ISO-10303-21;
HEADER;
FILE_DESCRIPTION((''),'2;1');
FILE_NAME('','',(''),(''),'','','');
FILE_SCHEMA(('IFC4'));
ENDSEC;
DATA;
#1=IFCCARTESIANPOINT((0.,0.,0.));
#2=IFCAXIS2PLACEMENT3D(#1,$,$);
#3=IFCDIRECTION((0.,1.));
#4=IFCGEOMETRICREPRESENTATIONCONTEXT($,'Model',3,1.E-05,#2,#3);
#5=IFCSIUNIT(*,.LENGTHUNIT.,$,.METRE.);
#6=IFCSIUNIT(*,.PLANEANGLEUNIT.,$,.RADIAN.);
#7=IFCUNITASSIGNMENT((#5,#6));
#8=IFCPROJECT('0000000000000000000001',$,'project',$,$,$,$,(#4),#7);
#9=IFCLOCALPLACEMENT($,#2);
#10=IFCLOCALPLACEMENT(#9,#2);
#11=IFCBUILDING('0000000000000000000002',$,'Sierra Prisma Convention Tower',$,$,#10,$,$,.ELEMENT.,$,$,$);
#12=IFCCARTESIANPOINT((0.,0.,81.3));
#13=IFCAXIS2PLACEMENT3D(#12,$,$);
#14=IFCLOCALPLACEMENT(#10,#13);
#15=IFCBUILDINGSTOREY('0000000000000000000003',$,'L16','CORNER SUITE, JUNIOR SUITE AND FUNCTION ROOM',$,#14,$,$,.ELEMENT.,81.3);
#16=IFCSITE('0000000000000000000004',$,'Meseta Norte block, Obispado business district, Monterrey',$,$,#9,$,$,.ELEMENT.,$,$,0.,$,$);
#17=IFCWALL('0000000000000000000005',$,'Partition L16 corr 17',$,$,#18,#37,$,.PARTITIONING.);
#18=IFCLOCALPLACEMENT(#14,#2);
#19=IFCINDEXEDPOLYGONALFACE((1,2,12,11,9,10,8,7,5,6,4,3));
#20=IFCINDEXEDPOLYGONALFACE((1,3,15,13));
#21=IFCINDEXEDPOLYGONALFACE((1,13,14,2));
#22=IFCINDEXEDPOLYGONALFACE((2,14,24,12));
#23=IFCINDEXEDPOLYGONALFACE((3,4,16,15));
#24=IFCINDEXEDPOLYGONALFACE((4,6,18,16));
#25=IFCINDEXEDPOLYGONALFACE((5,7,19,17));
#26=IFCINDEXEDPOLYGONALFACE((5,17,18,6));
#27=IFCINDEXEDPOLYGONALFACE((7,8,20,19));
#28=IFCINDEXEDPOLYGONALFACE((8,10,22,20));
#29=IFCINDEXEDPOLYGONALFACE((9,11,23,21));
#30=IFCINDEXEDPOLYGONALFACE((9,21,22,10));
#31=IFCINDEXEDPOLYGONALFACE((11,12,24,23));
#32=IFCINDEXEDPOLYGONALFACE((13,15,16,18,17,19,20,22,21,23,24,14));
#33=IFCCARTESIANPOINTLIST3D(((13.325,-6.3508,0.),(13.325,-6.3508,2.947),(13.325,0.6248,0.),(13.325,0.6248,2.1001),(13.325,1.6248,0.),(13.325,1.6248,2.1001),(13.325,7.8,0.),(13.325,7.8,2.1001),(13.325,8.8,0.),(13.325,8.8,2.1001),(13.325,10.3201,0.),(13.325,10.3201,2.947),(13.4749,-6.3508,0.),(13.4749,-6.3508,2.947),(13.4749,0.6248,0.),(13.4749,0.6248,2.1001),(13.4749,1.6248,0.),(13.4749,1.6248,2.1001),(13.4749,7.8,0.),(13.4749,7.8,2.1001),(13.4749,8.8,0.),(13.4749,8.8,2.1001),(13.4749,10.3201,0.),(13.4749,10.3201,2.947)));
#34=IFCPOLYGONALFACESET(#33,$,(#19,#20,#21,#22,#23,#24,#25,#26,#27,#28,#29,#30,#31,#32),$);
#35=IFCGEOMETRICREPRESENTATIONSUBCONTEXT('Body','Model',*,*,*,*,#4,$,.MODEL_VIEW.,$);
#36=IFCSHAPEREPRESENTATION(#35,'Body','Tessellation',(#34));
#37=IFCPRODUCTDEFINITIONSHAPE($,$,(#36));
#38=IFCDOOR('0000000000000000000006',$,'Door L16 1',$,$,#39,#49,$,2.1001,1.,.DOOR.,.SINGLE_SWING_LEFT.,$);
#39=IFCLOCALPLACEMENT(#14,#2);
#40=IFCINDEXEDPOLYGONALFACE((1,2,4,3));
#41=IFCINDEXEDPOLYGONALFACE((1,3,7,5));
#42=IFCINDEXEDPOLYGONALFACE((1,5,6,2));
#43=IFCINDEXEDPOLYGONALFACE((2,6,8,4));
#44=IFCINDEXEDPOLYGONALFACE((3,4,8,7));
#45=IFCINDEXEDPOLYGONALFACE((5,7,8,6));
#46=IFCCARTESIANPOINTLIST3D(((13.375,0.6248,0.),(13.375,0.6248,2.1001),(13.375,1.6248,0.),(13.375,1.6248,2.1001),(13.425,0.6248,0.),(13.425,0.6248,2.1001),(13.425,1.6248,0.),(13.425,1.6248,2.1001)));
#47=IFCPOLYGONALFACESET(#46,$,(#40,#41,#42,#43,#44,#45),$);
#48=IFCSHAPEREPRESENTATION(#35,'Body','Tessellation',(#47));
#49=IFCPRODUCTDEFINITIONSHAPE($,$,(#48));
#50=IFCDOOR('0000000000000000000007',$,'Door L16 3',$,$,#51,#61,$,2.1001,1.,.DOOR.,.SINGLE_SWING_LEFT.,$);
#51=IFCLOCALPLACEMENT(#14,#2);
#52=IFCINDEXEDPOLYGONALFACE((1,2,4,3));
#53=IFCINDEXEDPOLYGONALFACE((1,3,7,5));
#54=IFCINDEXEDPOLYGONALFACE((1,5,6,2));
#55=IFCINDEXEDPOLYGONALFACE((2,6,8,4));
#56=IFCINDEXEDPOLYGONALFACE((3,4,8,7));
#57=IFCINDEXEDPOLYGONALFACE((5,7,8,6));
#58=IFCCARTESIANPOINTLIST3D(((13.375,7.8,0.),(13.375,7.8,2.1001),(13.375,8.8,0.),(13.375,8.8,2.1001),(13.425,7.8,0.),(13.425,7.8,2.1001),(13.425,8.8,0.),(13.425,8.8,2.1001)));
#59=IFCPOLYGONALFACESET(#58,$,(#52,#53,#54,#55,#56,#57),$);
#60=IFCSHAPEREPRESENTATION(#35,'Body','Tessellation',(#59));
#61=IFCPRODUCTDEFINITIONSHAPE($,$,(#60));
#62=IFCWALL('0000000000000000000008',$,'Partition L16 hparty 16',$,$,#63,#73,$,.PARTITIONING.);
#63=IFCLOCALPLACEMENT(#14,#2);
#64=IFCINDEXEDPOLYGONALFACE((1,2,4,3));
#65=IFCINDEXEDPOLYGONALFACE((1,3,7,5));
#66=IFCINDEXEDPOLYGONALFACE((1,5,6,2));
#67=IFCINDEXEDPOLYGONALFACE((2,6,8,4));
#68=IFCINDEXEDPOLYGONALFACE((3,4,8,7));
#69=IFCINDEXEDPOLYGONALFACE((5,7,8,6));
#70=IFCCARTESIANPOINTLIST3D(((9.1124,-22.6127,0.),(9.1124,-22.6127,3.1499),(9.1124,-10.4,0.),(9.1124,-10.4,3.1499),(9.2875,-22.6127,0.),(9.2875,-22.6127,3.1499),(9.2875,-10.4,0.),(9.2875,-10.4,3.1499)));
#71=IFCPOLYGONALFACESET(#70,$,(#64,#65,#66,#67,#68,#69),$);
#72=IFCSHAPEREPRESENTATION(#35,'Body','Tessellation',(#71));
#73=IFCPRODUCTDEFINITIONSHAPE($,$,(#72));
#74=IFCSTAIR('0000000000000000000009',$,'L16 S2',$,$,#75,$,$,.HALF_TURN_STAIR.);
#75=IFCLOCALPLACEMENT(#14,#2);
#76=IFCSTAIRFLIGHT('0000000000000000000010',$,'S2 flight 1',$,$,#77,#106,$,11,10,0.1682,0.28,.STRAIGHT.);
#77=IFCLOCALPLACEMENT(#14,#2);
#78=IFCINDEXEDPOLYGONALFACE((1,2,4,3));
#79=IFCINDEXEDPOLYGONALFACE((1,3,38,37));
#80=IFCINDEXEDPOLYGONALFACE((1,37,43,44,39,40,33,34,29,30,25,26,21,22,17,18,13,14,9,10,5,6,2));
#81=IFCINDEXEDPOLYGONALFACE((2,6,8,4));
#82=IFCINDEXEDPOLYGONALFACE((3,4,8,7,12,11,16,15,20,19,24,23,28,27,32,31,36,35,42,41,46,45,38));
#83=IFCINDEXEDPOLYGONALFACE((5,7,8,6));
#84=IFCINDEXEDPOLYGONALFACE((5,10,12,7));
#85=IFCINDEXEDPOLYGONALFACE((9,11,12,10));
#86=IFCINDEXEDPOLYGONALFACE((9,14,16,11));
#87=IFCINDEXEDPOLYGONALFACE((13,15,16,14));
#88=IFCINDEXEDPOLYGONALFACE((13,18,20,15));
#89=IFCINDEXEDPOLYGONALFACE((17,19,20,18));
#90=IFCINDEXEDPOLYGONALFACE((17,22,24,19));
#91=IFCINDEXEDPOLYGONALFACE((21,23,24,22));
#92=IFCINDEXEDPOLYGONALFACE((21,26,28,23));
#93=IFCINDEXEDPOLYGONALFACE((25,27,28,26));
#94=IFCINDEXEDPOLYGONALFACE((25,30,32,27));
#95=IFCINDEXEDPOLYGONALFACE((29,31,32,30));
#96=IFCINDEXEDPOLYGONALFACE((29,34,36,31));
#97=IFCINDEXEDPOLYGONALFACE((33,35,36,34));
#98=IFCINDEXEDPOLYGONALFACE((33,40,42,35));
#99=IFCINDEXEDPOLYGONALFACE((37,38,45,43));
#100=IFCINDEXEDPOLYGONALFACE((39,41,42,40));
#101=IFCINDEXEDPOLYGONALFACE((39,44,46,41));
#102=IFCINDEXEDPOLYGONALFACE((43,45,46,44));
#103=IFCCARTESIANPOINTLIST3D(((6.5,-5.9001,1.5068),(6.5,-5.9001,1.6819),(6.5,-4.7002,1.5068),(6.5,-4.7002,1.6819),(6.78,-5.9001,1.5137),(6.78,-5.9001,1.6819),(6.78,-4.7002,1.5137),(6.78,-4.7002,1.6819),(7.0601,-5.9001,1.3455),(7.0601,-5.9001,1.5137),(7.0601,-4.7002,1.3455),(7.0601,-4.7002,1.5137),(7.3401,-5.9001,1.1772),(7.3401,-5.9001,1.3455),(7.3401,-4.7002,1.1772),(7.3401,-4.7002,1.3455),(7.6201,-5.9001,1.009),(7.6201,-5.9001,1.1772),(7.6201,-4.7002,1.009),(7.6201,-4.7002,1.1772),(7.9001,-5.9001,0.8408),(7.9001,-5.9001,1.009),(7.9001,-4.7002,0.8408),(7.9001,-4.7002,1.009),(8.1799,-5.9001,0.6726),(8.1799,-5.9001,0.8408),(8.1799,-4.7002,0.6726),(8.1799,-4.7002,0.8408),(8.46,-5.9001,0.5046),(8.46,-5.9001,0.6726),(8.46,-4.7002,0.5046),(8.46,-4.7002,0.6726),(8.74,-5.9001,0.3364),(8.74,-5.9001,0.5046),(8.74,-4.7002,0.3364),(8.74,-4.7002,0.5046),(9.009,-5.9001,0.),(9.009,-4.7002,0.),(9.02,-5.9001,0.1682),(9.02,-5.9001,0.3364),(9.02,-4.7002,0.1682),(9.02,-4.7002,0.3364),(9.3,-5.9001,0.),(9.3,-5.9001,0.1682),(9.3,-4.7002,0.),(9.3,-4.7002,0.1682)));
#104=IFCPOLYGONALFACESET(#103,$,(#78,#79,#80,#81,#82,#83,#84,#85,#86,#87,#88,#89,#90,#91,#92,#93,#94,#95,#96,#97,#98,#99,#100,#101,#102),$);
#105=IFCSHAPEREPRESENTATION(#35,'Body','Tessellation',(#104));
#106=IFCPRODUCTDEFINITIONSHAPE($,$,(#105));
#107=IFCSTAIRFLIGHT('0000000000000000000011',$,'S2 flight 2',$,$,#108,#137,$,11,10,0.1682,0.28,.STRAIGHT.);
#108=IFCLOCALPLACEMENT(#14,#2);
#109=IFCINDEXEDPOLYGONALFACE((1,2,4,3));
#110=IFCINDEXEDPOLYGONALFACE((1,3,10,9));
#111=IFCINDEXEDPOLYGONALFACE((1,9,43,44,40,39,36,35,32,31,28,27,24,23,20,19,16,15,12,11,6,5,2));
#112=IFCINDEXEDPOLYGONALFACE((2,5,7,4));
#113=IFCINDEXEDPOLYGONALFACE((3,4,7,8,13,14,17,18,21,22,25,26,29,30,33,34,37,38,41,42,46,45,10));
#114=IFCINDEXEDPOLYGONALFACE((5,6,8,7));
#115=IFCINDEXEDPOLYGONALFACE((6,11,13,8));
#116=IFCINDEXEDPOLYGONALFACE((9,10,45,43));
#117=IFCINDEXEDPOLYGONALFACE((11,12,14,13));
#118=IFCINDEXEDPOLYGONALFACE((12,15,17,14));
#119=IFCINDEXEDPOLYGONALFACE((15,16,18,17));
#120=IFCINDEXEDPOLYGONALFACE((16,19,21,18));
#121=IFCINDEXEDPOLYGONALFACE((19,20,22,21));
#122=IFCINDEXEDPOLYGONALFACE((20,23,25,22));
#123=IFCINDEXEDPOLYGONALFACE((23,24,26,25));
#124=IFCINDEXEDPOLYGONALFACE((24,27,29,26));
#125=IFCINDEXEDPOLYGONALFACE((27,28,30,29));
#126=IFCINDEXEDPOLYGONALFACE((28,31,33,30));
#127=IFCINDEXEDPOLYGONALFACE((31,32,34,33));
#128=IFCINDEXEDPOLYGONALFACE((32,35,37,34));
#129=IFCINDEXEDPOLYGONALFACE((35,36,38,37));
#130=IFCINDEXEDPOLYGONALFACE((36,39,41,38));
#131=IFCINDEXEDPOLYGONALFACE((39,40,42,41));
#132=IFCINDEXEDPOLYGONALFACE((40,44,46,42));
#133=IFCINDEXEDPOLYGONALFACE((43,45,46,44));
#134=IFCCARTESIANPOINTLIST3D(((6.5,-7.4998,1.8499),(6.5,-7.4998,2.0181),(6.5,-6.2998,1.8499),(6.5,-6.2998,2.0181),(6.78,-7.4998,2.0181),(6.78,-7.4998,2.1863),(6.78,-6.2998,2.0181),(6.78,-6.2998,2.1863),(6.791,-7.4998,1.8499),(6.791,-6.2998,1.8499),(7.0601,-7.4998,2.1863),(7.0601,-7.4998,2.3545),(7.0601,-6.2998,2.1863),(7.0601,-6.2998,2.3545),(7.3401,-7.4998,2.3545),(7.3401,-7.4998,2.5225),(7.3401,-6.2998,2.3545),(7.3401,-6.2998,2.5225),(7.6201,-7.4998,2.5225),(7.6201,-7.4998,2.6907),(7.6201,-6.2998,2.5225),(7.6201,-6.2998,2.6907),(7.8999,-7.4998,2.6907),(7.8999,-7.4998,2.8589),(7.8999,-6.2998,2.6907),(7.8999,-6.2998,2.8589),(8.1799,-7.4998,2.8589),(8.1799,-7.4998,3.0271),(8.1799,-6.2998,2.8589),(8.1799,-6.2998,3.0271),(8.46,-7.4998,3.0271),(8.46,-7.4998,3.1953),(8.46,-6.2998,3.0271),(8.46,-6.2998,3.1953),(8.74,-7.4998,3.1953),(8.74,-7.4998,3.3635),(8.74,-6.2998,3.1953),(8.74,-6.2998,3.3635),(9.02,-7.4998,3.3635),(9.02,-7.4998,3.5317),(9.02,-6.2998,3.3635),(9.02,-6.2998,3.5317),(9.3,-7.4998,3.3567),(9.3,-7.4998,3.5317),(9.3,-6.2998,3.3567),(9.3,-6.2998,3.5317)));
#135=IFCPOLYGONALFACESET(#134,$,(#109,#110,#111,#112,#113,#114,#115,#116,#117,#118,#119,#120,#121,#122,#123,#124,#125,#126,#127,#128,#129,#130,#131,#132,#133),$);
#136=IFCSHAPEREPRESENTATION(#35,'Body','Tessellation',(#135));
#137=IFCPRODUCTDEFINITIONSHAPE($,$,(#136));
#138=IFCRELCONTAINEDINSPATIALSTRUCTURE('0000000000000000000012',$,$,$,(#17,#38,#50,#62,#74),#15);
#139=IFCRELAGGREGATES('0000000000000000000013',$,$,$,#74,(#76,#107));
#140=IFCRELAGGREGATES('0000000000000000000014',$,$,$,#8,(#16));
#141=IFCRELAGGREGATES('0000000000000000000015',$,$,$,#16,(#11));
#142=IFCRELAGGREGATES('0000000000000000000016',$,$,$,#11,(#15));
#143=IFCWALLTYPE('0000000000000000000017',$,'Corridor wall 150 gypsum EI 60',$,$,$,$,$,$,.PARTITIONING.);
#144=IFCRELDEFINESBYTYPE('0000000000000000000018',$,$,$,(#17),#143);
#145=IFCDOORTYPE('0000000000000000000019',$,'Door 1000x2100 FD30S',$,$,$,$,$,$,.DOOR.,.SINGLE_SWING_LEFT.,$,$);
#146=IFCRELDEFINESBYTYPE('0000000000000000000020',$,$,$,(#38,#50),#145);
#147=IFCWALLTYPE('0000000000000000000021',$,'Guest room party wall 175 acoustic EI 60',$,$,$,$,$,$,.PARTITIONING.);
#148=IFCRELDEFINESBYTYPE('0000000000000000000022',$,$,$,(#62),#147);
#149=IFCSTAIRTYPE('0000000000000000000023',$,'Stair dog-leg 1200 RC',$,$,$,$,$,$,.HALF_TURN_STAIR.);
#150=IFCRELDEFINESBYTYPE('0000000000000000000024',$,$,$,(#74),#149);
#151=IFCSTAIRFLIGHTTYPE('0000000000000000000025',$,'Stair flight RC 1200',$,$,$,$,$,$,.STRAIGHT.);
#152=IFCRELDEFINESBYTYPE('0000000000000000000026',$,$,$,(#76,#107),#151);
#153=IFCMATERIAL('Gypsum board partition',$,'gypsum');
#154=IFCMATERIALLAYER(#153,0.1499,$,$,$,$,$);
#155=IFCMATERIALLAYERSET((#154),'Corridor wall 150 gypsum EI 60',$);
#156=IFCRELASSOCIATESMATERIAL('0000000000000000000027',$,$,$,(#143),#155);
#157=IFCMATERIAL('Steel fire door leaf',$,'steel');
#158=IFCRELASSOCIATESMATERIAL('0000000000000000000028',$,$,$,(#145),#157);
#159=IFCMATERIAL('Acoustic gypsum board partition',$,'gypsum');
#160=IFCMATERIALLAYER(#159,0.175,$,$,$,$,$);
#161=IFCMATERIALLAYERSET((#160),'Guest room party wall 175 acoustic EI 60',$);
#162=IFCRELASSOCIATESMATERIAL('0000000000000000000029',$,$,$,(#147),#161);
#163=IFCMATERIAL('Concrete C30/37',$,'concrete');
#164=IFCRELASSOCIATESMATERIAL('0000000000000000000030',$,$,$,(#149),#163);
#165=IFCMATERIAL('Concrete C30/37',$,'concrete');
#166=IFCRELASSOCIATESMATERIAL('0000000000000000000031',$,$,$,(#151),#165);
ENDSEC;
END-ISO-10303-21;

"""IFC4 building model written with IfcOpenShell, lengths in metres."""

from ifc_helpers import new_model, si_unit, direction, frame, frame_2d, origin, place, context, subcontext, project, spatial, polyline, rectangle, outline, extrude, material, layer, layer_set, type_object, element, fill, aggregate, save


model = new_model("IFC4")

# Units and contexts
model_context = context("Model", 3, precision=1e-05, world=origin(), true_north=direction((0.0, 1.0)))
body_context = subcontext(model_context, "Body", "Model", "MODEL_VIEW")
ifc_project = project(units=[si_unit("LENGTHUNIT", "METRE"), si_unit("PLANEANGLEUNIT", "RADIAN")], contexts=[model_context])

# Site, building, storey
site_placement = place(None, origin())
site = spatial("IfcSite", under=ifc_project, at=site_placement, Name="Meseta Norte block, Obispado business district, Monterrey", CompositionType="ELEMENT", RefElevation=0.0)
building_placement = place(site_placement, origin())
building = spatial("IfcBuilding", under=site, at=building_placement, Name="Sierra Prisma Convention Tower", CompositionType="ELEMENT")
storey_placement = place(building_placement, frame((0.0, 0.0, 81.3)))
storey = spatial("IfcBuildingStorey", under=building, at=storey_placement, Name="L16", Description="CORNER SUITE, JUNIOR SUITE AND FUNCTION ROOM", CompositionType="ELEMENT", Elevation=81.3)

# Shared definitions
ifc_material_1 = material(Name="Gypsum board partition", Category="gypsum")
ifc_layer_1 = layer(ifc_material_1, 0.1499)
ifc_layer_set_1 = layer_set([ifc_layer_1], Name="Corridor wall 150 gypsum EI 60")
wall_type_1 = type_object("IfcWallType", Name="Corridor wall 150 gypsum EI 60", PredefinedType="PARTITIONING", material=ifc_layer_set_1)

# Wall, openings, doors
ifc_material_2 = material(Name="Steel fire door leaf", Category="steel")
door_type_1 = type_object("IfcDoorType", Name="Door 1000x2100 FD30S", OperationType="SINGLE_SWING_LEFT", PredefinedType="DOOR", material=ifc_material_2)
wall_1_placement = place(storey_placement, frame((13.3999, -6.3508, 0.0), z_axis=(0.0, 0.0, 1.0), x_axis=(0.0, 1.0, 0.0)))
wall_1 = element("IfcWall", 1, at=wall_1_placement, inside=storey, type_object=wall_type_1, Name="Partition L16 corr 17", PredefinedType="PARTITIONING", context=body_context, shape_type="SweptSolid", body=[
    extrude(rectangle(XDim=16.6709, YDim=0.1499, at=frame_2d((8.3354, 0.0))), origin(), (0.0, 0.0, 1.0), 2.947),
])
opening_1_placement = place(wall_1_placement, frame((6.9756, 0.0, 0.0)))
opening_1 = element("IfcOpeningElement", 2, at=opening_1_placement, cuts=wall_1, PredefinedType="OPENING", context=body_context, shape_type="SweptSolid", body=[
    extrude(rectangle(XDim=1.0, YDim=2.1001, at=frame_2d((0.5, 1.05))), frame((0.0, 0.075, 0.0), z_axis=(0.0, -1.0, 0.0), x_axis=(1.0, 0.0, 0.0)), (0.0, 0.0, 1.0), 0.1499),
])
opening_2_placement = place(wall_1_placement, frame((14.1509, 0.0, 0.0)))
opening_2 = element("IfcOpeningElement", 3, at=opening_2_placement, cuts=wall_1, PredefinedType="OPENING", context=body_context, shape_type="SweptSolid", body=[
    extrude(rectangle(XDim=1.0, YDim=2.1001, at=frame_2d((0.5, 1.05))), frame((0.0, 0.075, 0.0), z_axis=(0.0, -1.0, 0.0), x_axis=(1.0, 0.0, 0.0)), (0.0, 0.0, 1.0), 0.1499),
])
door_1_placement = place(opening_1_placement, origin())
door_1 = element("IfcDoor", 4, at=door_1_placement, inside=storey, type_object=door_type_1, Name="Door L16 1", OperationType="SINGLE_SWING_LEFT", OverallHeight=2.1001, OverallWidth=1.0, PredefinedType="DOOR", context=body_context, shape_type="SweptSolid", body=[
    extrude(rectangle(XDim=1.0, YDim=2.1001, at=frame_2d((0.5, 1.05))), frame((0.0, 0.0249, 0.0), z_axis=(0.0, -1.0, 0.0), x_axis=(1.0, 0.0, 0.0)), (0.0, 0.0, 1.0), 0.05),
])
fill(opening_1, door_1)
door_2_placement = place(opening_2_placement, origin())
door_2 = element("IfcDoor", 5, at=door_2_placement, inside=storey, type_object=door_type_1, Name="Door L16 3", OperationType="SINGLE_SWING_LEFT", OverallHeight=2.1001, OverallWidth=1.0, PredefinedType="DOOR", context=body_context, shape_type="SweptSolid", body=[
    extrude(rectangle(XDim=1.0, YDim=2.1001, at=frame_2d((0.5, 1.05))), frame((0.0, 0.0249, 0.0), z_axis=(0.0, -1.0, 0.0), x_axis=(1.0, 0.0, 0.0)), (0.0, 0.0, 1.0), 0.05),
])
fill(opening_2, door_2)

# Wall
ifc_material_3 = material(Name="Acoustic gypsum board partition", Category="gypsum")
ifc_layer_2 = layer(ifc_material_3, 0.175)
ifc_layer_set_2 = layer_set([ifc_layer_2], Name="Guest room party wall 175 acoustic EI 60")
wall_type_2 = type_object("IfcWallType", Name="Guest room party wall 175 acoustic EI 60", PredefinedType="PARTITIONING", material=ifc_layer_set_2)
wall_2_placement = place(storey_placement, frame((9.2, -10.3999, 0.0), z_axis=(0.0, 0.0, 1.0), x_axis=(0.0, -1.0, 0.0)))
element("IfcWall", 6, at=wall_2_placement, inside=storey, type_object=wall_type_2, Name="Partition L16 hparty 16", PredefinedType="PARTITIONING", context=body_context, shape_type="SweptSolid", body=[
    extrude(rectangle(XDim=12.2126, YDim=0.175, at=frame_2d((6.1064, 0.0))), origin(), (0.0, 0.0, 1.0), 3.1499),
])

# Stair, stair flights
ifc_material_4 = material(Name="Concrete C30/37", Category="concrete")
stair_type = type_object("IfcStairType", Name="Stair dog-leg 1200 RC", PredefinedType="HALF_TURN_STAIR", material=ifc_material_4)
stair_placement = place(storey_placement, origin())
stair = element("IfcStair", 7, at=stair_placement, inside=storey, type_object=stair_type, Name="L16 S2", PredefinedType="HALF_TURN_STAIR")
ifc_material_5 = material(Name="Concrete C30/37", Category="concrete")
stair_flight_type = type_object("IfcStairFlightType", Name="Stair flight RC 1200", PredefinedType="STRAIGHT", material=ifc_material_5)
stair_flight_1_placement = place(storey_placement, frame((9.3, -5.3, 0.0), z_axis=(0.0, 0.0, 1.0), x_axis=(-1.0, 0.0, 0.0)))
stair_flight_1 = element("IfcStairFlight", 8, at=stair_flight_1_placement, type_object=stair_flight_type, Name="S2 flight 1", NumberOfRisers=11, NumberOfTreads=10, PredefinedType="STRAIGHT", RiserHeight=0.1682, TreadLength=0.28, context=body_context, shape_type="SweptSolid", body=[
    extrude(outline(polyline([(0.0, 0.0), (0.0, 0.1682), (0.28, 0.1682), (0.28, 0.3364), (0.5601, 0.3364), (0.5601, 0.5046), (0.8401, 0.5046), (0.8401, 0.6726), (1.1201, 0.6726), (1.1201, 0.8408), (1.3999, 0.8408), (1.3999, 1.009), (1.6799, 1.009), (1.6799, 1.1772), (1.96, 1.1772), (1.96, 1.3455), (2.24, 1.3455), (2.24, 1.5137), (2.52, 1.5137), (2.52, 1.6819), (2.8, 1.6819), (2.8, 1.8501), (2.8, 1.5068), (0.291, 0.0), (0.0, 0.0)])), frame((0.0, 0.6001, 0.0), z_axis=(0.0, -1.0, 0.0), x_axis=(1.0, 0.0, 0.0)), (0.0, 0.0, 1.0), 1.2),
])
stair_flight_2_placement = place(storey_placement, frame((6.5, -6.8999, 1.8499), z_axis=(0.0, 0.0, 1.0), x_axis=(1.0, 0.0, 0.0)))
stair_flight_2 = element("IfcStairFlight", 9, at=stair_flight_2_placement, type_object=stair_flight_type, Name="S2 flight 2", NumberOfRisers=11, NumberOfTreads=10, PredefinedType="STRAIGHT", RiserHeight=0.1682, TreadLength=0.28, context=body_context, shape_type="SweptSolid", body=[
    extrude(outline(polyline([(0.0, 0.0), (0.0, 0.1682), (0.28, 0.1682), (0.28, 0.3364), (0.5601, 0.3364), (0.5601, 0.5046), (0.8401, 0.5046), (0.8401, 0.6726), (1.1201, 0.6726), (1.1201, 0.8408), (1.3999, 0.8408), (1.3999, 1.009), (1.6799, 1.009), (1.6799, 1.1772), (1.96, 1.1772), (1.96, 1.3455), (2.24, 1.3455), (2.24, 1.5137), (2.52, 1.5137), (2.52, 1.6819), (2.8, 1.6819), (2.8, 1.8501), (2.8, 1.5068), (0.291, 0.0), (0.0, 0.0)])), frame((0.0, 0.6001, 0.0), z_axis=(0.0, -1.0, 0.0), x_axis=(1.0, 0.0, 0.0)), (0.0, 0.0, 1.0), 1.2),
])
aggregate(stair, [stair_flight_1, stair_flight_2])

save(model, "model.ifc")
